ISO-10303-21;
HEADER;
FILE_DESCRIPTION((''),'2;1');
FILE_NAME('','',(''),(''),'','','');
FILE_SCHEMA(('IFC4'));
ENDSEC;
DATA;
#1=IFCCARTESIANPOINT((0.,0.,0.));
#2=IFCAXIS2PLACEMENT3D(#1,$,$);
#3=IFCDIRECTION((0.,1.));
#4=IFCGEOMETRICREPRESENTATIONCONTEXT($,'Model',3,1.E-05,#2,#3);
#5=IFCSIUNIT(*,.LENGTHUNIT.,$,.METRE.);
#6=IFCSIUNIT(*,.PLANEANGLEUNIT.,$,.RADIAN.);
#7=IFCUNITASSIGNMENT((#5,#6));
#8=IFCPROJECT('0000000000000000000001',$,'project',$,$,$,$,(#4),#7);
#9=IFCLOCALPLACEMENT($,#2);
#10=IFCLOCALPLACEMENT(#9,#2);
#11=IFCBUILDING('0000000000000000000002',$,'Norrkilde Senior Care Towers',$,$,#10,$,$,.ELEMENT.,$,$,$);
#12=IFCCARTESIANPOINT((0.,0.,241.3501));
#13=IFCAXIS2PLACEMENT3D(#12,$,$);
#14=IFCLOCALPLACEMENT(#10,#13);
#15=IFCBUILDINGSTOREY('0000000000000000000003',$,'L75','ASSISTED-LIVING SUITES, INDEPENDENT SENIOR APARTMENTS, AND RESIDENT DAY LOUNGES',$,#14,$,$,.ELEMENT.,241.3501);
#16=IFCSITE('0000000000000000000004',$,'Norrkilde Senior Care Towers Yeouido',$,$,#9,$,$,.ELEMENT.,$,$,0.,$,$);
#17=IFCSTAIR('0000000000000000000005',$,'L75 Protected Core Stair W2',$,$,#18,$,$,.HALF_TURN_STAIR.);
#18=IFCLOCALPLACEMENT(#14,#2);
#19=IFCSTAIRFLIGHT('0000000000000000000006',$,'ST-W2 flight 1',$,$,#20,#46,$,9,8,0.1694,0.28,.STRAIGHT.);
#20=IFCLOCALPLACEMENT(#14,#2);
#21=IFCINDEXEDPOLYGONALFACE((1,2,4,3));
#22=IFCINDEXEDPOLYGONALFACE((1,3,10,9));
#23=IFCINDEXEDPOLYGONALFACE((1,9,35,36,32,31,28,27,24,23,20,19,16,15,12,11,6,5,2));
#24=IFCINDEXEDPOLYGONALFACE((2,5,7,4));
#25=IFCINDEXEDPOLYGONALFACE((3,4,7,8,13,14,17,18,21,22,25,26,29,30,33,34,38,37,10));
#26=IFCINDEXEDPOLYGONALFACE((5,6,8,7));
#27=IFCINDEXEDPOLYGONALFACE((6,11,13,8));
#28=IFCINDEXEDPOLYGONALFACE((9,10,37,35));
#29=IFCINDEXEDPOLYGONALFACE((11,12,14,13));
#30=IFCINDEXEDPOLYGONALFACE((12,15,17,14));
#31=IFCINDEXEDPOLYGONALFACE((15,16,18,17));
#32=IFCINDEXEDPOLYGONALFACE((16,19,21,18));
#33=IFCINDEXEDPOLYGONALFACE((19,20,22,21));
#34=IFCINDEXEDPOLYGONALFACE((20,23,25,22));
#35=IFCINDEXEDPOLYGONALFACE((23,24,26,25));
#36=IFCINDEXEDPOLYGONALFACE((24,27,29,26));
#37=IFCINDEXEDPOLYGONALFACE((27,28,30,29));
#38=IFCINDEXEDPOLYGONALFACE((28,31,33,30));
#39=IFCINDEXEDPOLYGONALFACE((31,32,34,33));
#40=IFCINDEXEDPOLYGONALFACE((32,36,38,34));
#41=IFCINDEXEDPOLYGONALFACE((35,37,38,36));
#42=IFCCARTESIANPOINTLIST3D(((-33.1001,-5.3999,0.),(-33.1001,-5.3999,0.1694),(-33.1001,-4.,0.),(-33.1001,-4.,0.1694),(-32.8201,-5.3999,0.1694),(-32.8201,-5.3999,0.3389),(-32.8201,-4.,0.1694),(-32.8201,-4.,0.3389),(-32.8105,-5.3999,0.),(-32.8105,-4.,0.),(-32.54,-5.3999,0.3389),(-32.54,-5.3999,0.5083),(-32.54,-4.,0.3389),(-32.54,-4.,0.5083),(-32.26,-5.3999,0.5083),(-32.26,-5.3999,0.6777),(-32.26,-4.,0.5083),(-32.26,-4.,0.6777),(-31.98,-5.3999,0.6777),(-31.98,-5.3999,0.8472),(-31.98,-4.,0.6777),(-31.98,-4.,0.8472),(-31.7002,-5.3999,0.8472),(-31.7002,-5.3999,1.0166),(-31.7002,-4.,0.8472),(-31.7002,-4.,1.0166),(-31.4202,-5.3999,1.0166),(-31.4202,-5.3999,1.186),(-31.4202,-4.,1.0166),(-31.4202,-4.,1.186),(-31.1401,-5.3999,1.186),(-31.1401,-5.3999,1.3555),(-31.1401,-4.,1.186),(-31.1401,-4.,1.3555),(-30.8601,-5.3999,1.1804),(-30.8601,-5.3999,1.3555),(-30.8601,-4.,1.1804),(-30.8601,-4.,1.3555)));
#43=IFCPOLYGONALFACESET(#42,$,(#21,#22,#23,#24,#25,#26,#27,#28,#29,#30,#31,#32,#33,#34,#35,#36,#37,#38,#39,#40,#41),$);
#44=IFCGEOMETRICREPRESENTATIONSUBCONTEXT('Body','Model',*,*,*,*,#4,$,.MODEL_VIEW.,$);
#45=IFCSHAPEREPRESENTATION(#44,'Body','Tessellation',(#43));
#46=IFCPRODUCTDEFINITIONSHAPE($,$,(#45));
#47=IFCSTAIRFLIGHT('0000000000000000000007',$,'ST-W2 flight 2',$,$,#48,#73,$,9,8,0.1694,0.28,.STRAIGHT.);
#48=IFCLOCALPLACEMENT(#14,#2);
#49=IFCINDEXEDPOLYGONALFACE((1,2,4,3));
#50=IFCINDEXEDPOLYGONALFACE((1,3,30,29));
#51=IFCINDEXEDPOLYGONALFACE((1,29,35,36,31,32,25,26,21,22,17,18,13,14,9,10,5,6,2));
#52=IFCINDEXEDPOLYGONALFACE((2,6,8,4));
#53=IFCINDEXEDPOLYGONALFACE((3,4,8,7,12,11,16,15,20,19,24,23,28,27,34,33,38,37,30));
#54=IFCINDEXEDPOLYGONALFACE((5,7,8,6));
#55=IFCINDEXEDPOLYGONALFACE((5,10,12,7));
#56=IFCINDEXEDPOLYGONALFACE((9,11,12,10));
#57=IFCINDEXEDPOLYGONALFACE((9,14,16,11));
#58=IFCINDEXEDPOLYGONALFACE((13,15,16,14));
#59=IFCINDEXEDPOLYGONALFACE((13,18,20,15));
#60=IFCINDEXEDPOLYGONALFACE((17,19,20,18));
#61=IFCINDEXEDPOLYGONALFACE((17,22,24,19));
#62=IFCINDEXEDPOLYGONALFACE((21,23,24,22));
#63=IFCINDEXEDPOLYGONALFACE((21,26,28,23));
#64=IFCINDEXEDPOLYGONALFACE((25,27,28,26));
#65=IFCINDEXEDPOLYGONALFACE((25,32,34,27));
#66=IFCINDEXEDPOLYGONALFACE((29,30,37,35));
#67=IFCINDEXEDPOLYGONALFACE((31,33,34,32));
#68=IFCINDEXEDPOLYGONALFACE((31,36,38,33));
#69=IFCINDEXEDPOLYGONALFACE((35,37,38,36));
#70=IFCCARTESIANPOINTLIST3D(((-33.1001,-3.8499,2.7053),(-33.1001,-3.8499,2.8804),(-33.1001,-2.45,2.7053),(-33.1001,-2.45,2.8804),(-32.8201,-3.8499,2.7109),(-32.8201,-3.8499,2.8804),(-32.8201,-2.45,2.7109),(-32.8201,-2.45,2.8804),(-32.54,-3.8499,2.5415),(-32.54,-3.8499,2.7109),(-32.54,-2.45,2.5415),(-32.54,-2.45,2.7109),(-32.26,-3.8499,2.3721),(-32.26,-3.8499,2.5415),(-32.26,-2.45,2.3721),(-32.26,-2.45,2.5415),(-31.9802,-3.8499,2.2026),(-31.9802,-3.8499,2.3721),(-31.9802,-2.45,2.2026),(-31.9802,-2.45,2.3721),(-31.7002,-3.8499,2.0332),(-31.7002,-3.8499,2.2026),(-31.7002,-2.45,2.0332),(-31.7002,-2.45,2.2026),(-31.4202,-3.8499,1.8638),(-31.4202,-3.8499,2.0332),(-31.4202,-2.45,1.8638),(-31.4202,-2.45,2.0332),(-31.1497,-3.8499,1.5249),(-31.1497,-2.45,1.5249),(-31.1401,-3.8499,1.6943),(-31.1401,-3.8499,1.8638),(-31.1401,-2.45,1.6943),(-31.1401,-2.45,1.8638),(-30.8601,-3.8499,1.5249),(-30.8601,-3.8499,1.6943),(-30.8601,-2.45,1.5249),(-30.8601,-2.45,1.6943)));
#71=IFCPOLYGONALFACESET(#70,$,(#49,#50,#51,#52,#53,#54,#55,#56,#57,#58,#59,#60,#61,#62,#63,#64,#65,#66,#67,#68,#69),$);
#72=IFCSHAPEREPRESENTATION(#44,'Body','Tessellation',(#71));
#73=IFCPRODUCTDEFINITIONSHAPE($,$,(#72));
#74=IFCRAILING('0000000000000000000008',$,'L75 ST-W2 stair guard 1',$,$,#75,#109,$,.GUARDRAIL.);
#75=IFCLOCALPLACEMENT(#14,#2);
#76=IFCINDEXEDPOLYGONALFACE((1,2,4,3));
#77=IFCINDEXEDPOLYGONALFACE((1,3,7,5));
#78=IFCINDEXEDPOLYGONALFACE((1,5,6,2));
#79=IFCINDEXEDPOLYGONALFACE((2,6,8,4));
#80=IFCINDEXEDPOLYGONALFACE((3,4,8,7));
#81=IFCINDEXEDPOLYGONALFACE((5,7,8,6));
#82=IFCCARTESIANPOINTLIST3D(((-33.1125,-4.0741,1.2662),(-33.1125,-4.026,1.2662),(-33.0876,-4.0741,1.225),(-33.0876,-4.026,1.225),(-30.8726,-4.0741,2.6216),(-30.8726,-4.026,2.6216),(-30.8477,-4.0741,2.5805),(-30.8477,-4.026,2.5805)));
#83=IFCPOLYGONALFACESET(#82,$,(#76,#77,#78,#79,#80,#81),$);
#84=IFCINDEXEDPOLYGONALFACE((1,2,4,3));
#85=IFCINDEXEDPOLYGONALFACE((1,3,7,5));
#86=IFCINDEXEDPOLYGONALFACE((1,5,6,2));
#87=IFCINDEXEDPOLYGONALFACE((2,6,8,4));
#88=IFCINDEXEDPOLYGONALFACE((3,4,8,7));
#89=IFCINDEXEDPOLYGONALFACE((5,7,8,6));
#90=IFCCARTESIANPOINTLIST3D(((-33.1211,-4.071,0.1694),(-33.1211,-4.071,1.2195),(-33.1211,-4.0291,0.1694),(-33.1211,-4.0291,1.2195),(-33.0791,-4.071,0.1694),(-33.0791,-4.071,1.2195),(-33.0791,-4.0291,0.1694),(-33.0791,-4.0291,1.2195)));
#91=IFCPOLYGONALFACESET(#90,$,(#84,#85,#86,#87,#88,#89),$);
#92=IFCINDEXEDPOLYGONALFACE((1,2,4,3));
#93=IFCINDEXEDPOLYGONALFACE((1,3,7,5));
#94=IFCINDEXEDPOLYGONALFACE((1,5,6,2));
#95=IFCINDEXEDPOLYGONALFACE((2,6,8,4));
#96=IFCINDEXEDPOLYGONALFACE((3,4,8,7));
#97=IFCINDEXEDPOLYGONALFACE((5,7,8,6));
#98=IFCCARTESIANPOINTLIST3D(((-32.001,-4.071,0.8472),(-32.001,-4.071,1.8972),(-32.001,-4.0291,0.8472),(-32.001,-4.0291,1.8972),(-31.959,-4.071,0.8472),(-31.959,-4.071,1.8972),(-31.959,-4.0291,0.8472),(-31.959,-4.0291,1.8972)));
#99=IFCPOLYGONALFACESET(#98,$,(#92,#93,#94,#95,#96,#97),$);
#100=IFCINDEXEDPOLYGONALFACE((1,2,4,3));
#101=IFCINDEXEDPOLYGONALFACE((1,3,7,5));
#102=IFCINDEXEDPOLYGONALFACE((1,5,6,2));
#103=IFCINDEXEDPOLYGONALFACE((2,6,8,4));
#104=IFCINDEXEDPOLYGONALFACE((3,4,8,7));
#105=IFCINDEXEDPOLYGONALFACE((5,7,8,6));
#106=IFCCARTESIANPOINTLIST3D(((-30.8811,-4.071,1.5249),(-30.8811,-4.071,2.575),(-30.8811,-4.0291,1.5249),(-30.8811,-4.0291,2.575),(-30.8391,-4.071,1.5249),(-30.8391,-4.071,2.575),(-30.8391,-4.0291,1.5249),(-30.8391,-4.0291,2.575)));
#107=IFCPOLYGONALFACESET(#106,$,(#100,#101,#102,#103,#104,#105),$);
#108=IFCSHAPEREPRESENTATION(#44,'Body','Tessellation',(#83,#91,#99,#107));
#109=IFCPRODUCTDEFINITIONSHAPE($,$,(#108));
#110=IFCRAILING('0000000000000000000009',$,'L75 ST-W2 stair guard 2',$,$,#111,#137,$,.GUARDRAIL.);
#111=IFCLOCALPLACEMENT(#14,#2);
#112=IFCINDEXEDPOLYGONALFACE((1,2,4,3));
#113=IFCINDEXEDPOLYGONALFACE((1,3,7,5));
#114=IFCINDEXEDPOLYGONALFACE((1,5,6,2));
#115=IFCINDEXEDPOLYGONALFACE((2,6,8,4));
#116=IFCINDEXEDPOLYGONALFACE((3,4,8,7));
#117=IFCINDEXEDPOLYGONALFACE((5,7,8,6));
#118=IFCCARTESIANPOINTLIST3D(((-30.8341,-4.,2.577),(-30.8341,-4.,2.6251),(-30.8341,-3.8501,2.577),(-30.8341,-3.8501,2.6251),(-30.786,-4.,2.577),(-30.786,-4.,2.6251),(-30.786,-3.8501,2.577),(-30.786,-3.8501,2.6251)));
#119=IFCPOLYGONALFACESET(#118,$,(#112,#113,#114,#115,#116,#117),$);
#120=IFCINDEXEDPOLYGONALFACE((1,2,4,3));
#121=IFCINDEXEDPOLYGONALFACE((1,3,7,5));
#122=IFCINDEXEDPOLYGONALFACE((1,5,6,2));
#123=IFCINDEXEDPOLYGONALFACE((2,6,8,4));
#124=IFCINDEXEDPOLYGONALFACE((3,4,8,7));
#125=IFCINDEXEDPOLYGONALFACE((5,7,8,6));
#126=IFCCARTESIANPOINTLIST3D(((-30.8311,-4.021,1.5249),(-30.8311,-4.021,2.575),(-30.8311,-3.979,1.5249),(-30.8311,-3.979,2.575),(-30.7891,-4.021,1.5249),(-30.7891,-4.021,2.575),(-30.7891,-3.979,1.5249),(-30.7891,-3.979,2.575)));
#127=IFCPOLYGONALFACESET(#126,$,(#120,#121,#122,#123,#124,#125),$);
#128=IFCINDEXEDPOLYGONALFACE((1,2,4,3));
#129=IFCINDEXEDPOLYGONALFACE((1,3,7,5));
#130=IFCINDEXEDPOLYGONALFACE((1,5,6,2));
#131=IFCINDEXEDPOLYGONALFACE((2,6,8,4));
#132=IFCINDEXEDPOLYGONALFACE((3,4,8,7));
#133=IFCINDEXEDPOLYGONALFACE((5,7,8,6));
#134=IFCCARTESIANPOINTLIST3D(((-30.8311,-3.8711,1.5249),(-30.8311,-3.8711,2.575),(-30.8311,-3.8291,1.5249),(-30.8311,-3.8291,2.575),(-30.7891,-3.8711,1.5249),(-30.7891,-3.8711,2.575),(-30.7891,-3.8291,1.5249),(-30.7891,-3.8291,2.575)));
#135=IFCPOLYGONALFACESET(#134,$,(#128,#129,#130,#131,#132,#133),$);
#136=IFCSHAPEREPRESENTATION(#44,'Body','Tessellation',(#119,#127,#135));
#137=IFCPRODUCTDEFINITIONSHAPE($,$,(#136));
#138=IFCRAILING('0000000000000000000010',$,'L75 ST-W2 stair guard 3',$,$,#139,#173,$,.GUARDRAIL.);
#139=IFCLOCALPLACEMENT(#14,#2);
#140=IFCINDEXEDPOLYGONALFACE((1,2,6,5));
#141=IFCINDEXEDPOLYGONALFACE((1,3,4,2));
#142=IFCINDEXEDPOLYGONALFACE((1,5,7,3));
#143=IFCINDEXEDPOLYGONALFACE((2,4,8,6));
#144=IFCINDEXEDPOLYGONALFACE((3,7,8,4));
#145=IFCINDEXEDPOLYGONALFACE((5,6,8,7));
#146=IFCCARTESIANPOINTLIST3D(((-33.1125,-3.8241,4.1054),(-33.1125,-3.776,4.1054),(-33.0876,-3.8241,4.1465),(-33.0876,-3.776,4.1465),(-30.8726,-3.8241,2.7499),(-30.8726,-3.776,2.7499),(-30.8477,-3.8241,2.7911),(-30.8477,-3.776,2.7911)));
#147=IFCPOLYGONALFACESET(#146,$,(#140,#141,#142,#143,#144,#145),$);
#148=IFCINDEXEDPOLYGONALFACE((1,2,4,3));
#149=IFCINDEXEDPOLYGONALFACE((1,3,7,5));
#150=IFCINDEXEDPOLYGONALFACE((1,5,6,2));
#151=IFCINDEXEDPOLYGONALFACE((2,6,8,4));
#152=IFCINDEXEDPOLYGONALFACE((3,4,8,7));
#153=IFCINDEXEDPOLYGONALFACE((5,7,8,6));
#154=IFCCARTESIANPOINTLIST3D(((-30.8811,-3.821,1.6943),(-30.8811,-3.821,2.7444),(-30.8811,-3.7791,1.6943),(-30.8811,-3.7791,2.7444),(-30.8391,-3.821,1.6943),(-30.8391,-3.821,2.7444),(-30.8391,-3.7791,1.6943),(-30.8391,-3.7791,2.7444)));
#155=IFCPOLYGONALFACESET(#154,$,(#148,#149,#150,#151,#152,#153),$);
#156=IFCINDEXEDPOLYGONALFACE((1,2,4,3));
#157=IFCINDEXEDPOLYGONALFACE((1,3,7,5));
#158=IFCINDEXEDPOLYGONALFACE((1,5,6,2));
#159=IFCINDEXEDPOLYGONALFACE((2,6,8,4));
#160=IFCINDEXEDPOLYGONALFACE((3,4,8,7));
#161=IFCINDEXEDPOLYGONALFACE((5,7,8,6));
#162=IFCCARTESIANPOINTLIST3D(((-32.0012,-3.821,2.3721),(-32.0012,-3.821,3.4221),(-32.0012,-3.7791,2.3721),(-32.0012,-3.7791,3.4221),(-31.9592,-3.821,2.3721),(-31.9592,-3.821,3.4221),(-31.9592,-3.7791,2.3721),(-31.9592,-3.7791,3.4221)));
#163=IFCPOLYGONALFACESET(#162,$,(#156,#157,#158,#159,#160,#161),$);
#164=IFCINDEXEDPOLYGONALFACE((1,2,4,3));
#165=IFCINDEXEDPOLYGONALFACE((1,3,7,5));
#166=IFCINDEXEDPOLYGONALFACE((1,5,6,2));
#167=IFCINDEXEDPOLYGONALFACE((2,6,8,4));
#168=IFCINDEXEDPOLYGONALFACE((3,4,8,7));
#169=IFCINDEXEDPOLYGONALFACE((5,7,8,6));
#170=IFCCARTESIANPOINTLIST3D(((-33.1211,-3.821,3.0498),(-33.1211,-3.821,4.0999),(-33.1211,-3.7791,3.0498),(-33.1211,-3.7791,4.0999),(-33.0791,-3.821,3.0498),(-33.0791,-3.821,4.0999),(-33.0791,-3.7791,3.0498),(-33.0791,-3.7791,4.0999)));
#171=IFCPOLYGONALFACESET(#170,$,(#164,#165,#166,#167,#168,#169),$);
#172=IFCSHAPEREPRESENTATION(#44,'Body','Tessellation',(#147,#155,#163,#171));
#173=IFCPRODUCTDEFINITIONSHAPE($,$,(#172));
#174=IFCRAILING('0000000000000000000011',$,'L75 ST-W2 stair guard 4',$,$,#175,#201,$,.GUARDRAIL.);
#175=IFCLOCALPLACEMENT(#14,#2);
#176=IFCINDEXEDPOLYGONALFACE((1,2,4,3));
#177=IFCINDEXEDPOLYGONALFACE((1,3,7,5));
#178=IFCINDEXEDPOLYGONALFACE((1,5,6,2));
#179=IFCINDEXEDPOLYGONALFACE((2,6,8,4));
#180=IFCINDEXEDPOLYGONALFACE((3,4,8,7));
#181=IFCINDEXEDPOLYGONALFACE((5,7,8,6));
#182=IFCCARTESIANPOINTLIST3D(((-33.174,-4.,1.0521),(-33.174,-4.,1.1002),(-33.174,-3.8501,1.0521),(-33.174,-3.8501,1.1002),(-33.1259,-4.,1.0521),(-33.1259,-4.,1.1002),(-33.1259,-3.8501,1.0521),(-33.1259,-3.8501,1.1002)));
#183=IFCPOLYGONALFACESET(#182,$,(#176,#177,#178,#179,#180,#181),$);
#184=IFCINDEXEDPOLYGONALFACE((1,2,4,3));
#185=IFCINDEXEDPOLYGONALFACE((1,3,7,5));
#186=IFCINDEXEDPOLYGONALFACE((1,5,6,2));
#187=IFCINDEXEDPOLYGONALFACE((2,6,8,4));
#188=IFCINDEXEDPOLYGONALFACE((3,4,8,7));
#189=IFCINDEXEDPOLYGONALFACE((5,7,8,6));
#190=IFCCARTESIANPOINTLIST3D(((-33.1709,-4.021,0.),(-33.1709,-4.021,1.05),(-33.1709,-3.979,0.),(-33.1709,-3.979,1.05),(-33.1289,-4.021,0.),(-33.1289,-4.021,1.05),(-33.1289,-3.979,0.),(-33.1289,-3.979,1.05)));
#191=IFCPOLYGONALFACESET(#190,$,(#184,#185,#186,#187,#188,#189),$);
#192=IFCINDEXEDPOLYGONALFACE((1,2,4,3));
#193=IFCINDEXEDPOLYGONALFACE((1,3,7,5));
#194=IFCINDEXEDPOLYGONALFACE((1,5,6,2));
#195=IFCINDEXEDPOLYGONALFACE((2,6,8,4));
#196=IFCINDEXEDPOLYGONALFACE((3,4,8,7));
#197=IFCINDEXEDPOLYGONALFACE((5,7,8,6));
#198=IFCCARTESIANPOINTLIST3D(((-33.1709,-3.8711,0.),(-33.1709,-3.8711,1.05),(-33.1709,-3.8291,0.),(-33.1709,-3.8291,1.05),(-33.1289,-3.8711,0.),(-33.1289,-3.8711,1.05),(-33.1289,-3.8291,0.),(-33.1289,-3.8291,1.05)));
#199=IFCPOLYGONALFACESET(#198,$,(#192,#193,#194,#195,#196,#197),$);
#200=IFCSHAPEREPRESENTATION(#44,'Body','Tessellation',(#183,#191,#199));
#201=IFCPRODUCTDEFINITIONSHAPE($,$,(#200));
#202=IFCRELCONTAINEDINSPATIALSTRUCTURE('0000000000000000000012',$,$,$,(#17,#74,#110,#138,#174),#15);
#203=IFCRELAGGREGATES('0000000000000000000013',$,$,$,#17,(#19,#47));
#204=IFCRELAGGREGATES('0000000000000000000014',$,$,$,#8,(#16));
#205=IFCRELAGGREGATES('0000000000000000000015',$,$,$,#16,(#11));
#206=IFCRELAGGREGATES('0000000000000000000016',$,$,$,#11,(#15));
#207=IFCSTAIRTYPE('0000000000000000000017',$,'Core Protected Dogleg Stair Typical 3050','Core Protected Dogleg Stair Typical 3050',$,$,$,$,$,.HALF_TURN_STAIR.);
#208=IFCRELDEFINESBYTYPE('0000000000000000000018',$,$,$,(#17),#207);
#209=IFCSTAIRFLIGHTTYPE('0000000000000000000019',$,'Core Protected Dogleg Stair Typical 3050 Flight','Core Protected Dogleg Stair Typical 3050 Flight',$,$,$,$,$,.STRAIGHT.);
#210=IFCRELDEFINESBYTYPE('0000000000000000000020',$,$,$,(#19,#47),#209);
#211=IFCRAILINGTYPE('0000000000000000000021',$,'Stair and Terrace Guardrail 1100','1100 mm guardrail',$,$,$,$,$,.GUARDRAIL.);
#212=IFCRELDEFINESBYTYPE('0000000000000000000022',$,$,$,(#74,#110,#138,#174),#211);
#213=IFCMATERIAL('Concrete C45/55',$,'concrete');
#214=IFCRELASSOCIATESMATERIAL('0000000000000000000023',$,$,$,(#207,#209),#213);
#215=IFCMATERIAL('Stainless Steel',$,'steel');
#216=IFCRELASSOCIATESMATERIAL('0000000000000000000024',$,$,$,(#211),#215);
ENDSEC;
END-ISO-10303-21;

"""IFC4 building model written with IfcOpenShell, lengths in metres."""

from ifc_helpers import new_model, si_unit, direction, frame, origin, origin_2d, place, context, subcontext, project, spatial, polyline, rectangle, outline, extrude, material, type_object, element, aggregate, save


model = new_model("IFC4")

# Units and contexts
model_context = context("Model", 3, precision=1e-05, world=origin(), true_north=direction((0.0, 1.0)))
body_context = subcontext(model_context, "Body", "Model", "MODEL_VIEW")
ifc_project = project(units=[si_unit("LENGTHUNIT", "METRE"), si_unit("PLANEANGLEUNIT", "RADIAN")], contexts=[model_context])

# Site, building, storey
site_placement = place(None, origin())
site = spatial("IfcSite", under=ifc_project, at=site_placement, Name="Norrkilde Senior Care Towers Yeouido", CompositionType="ELEMENT", RefElevation=0.0)
building_placement = place(site_placement, origin())
building = spatial("IfcBuilding", under=site, at=building_placement, Name="Norrkilde Senior Care Towers", CompositionType="ELEMENT")
storey_placement = place(building_placement, frame((0.0, 0.0, 241.3501)))
storey = spatial("IfcBuildingStorey", under=building, at=storey_placement, Name="L75", Description="ASSISTED-LIVING SUITES, INDEPENDENT SENIOR APARTMENTS, AND RESIDENT DAY LOUNGES", CompositionType="ELEMENT", Elevation=241.3501)

# Shared definitions
ifc_material_1 = material(Name="Concrete C45/55", Category="concrete")

# Shared definitions
ifc_material_2 = material(Name="Stainless Steel", Category="steel")

# Stair, stair flights
stair_type = type_object("IfcStairType", Name="Core Protected Dogleg Stair Typical 3050", Description="Core Protected Dogleg Stair Typical 3050", PredefinedType="HALF_TURN_STAIR", material=ifc_material_1)
stair_placement = place(storey_placement, origin())
stair = element("IfcStair", 1, at=stair_placement, inside=storey, type_object=stair_type, Name="L75 Protected Core Stair W2", PredefinedType="HALF_TURN_STAIR")
stair_flight_type = type_object("IfcStairFlightType", Name="Core Protected Dogleg Stair Typical 3050 Flight", Description="Core Protected Dogleg Stair Typical 3050 Flight", PredefinedType="STRAIGHT", material=ifc_material_1)
stair_flight_1_placement = place(storey_placement, frame((-33.1001, -4.7, 0.0), z_axis=(0.0, 0.0, 1.0), x_axis=(1.0, 0.0, 0.0)))
stair_flight_1 = element("IfcStairFlight", 2, at=stair_flight_1_placement, type_object=stair_flight_type, Name="ST-W2 flight 1", NumberOfRisers=9, NumberOfTreads=8, PredefinedType="STRAIGHT", RiserHeight=0.1694, TreadLength=0.28, context=body_context, shape_type="SweptSolid", body=[
    extrude(outline(polyline([(0.0, 0.0), (0.0, 0.1694), (0.28, 0.1694), (0.28, 0.3389), (0.5601, 0.3389), (0.5601, 0.5083), (0.8401, 0.5083), (0.8401, 0.6777), (1.1201, 0.6777), (1.1201, 0.8472), (1.3999, 0.8472), (1.3999, 1.0166), (1.6799, 1.0166), (1.6799, 1.186), (1.96, 1.186), (1.96, 1.3555), (2.24, 1.3555), (2.24, 1.5249), (2.24, 1.1804), (0.2896, 0.0), (0.0, 0.0)])), frame((0.0, 0.7, 0.0), z_axis=(0.0, -1.0, 0.0), x_axis=(1.0, 0.0, 0.0)), (0.0, 0.0, 1.0), 1.3999),
])
stair_flight_2_placement = place(storey_placement, frame((-30.8601, -3.1499, 1.5249), z_axis=(0.0, 0.0, 1.0), x_axis=(-1.0, 0.0, 0.0)))
stair_flight_2 = element("IfcStairFlight", 3, at=stair_flight_2_placement, type_object=stair_flight_type, Name="ST-W2 flight 2", NumberOfRisers=9, NumberOfTreads=8, PredefinedType="STRAIGHT", RiserHeight=0.1694, TreadLength=0.28, context=body_context, shape_type="SweptSolid", body=[
    extrude(outline(polyline([(0.0, 0.0), (0.0, 0.1694), (0.28, 0.1694), (0.28, 0.3389), (0.5601, 0.3389), (0.5601, 0.5083), (0.8401, 0.5083), (0.8401, 0.6777), (1.1201, 0.6777), (1.1201, 0.8472), (1.3999, 0.8472), (1.3999, 1.0166), (1.6799, 1.0166), (1.6799, 1.186), (1.96, 1.186), (1.96, 1.3555), (2.24, 1.3555), (2.24, 1.5249), (2.24, 1.1804), (0.2896, 0.0), (0.0, 0.0)])), frame((0.0, 0.7, 0.0), z_axis=(0.0, -1.0, 0.0), x_axis=(1.0, 0.0, 0.0)), (0.0, 0.0, 1.0), 1.3999),
])
aggregate(stair, [stair_flight_1, stair_flight_2])

# Railings
railing_type_1 = type_object("IfcRailingType", Name="Stair and Terrace Guardrail 1100", Description="1100 mm guardrail", PredefinedType="GUARDRAIL", material=ifc_material_2)
railing_1_placement = place(storey_placement, frame((-33.1001, -4.05, 0.1694)))
element("IfcRailing", 4, at=railing_1_placement, inside=storey, type_object=railing_type_1, Name="L75 ST-W2 stair guard 1", PredefinedType="GUARDRAIL", context=body_context, shape_type="SweptSolid", body=[
    extrude(rectangle(XDim=0.0481, YDim=0.0481, at=origin_2d()), frame((0.0, 0.0, 1.0762), z_axis=(0.855553, 0.0, 0.517715), x_axis=(0.0, 1.0, 0.0)), (0.0, 0.0, 1.0), 2.6182),
    extrude(rectangle(XDim=0.042, YDim=0.042, at=origin_2d()), origin(), (0.0, 0.0, 1.0), 1.05),
    extrude(rectangle(XDim=0.042, YDim=0.042, at=origin_2d()), frame((1.1201, 0.0, 0.6777)), (0.0, 0.0, 1.0), 1.05),
    extrude(rectangle(XDim=0.042, YDim=0.042, at=origin_2d()), frame((2.24, 0.0, 1.3555)), (0.0, 0.0, 1.0), 1.05),
])
railing_2_placement = place(storey_placement, frame((-30.8101, -4.0, 1.5249)))
element("IfcRailing", 5, at=railing_2_placement, inside=storey, type_object=railing_type_1, Name="L75 ST-W2 stair guard 2", PredefinedType="GUARDRAIL", context=body_context, shape_type="SweptSolid", body=[
    extrude(rectangle(XDim=0.0481, YDim=0.0481, at=origin_2d()), frame((0.0, 0.0, 1.0762), z_axis=(0.0, 1.0, 0.0), x_axis=(-1.0, 0.0, 0.0)), (0.0, 0.0, 1.0), 0.1499),
    extrude(rectangle(XDim=0.042, YDim=0.042, at=origin_2d()), origin(), (0.0, 0.0, 1.0), 1.05),
    extrude(rectangle(XDim=0.042, YDim=0.042, at=origin_2d()), frame((0.0, 0.1499, 0.0)), (0.0, 0.0, 1.0), 1.05),
])
railing_3_placement = place(storey_placement, frame((-30.8601, -3.8, 1.6943)))
element("IfcRailing", 6, at=railing_3_placement, inside=storey, type_object=railing_type_1, Name="L75 ST-W2 stair guard 3", PredefinedType="GUARDRAIL", context=body_context, shape_type="SweptSolid", body=[
    extrude(rectangle(XDim=0.0481, YDim=0.0481, at=origin_2d()), frame((0.0, 0.0, 1.0762), z_axis=(-0.855553, 0.0, 0.517715), x_axis=(0.0, -1.0, 0.0)), (0.0, 0.0, 1.0), 2.6182),
    extrude(rectangle(XDim=0.042, YDim=0.042, at=origin_2d()), origin(), (0.0, 0.0, 1.0), 1.05),
    extrude(rectangle(XDim=0.042, YDim=0.042, at=origin_2d()), frame((-1.1201, 0.0, 0.6777)), (0.0, 0.0, 1.0), 1.05),
    extrude(rectangle(XDim=0.042, YDim=0.042, at=origin_2d()), frame((-2.24, 0.0, 1.3555)), (0.0, 0.0, 1.0), 1.05),
])
railing_4_placement = place(storey_placement, frame((-33.1499, -4.0, 0.0)))
element("IfcRailing", 7, at=railing_4_placement, inside=storey, type_object=railing_type_1, Name="L75 ST-W2 stair guard 4", PredefinedType="GUARDRAIL", context=body_context, shape_type="SweptSolid", body=[
    extrude(rectangle(XDim=0.0481, YDim=0.0481, at=origin_2d()), frame((0.0, 0.0, 1.0762), z_axis=(0.0, 1.0, 0.0), x_axis=(-1.0, 0.0, 0.0)), (0.0, 0.0, 1.0), 0.1499),
    extrude(rectangle(XDim=0.042, YDim=0.042, at=origin_2d()), origin(), (0.0, 0.0, 1.0), 1.05),
    extrude(rectangle(XDim=0.042, YDim=0.042, at=origin_2d()), frame((0.0, 0.1499, 0.0)), (0.0, 0.0, 1.0), 1.05),
])

save(model, "model.ifc")
